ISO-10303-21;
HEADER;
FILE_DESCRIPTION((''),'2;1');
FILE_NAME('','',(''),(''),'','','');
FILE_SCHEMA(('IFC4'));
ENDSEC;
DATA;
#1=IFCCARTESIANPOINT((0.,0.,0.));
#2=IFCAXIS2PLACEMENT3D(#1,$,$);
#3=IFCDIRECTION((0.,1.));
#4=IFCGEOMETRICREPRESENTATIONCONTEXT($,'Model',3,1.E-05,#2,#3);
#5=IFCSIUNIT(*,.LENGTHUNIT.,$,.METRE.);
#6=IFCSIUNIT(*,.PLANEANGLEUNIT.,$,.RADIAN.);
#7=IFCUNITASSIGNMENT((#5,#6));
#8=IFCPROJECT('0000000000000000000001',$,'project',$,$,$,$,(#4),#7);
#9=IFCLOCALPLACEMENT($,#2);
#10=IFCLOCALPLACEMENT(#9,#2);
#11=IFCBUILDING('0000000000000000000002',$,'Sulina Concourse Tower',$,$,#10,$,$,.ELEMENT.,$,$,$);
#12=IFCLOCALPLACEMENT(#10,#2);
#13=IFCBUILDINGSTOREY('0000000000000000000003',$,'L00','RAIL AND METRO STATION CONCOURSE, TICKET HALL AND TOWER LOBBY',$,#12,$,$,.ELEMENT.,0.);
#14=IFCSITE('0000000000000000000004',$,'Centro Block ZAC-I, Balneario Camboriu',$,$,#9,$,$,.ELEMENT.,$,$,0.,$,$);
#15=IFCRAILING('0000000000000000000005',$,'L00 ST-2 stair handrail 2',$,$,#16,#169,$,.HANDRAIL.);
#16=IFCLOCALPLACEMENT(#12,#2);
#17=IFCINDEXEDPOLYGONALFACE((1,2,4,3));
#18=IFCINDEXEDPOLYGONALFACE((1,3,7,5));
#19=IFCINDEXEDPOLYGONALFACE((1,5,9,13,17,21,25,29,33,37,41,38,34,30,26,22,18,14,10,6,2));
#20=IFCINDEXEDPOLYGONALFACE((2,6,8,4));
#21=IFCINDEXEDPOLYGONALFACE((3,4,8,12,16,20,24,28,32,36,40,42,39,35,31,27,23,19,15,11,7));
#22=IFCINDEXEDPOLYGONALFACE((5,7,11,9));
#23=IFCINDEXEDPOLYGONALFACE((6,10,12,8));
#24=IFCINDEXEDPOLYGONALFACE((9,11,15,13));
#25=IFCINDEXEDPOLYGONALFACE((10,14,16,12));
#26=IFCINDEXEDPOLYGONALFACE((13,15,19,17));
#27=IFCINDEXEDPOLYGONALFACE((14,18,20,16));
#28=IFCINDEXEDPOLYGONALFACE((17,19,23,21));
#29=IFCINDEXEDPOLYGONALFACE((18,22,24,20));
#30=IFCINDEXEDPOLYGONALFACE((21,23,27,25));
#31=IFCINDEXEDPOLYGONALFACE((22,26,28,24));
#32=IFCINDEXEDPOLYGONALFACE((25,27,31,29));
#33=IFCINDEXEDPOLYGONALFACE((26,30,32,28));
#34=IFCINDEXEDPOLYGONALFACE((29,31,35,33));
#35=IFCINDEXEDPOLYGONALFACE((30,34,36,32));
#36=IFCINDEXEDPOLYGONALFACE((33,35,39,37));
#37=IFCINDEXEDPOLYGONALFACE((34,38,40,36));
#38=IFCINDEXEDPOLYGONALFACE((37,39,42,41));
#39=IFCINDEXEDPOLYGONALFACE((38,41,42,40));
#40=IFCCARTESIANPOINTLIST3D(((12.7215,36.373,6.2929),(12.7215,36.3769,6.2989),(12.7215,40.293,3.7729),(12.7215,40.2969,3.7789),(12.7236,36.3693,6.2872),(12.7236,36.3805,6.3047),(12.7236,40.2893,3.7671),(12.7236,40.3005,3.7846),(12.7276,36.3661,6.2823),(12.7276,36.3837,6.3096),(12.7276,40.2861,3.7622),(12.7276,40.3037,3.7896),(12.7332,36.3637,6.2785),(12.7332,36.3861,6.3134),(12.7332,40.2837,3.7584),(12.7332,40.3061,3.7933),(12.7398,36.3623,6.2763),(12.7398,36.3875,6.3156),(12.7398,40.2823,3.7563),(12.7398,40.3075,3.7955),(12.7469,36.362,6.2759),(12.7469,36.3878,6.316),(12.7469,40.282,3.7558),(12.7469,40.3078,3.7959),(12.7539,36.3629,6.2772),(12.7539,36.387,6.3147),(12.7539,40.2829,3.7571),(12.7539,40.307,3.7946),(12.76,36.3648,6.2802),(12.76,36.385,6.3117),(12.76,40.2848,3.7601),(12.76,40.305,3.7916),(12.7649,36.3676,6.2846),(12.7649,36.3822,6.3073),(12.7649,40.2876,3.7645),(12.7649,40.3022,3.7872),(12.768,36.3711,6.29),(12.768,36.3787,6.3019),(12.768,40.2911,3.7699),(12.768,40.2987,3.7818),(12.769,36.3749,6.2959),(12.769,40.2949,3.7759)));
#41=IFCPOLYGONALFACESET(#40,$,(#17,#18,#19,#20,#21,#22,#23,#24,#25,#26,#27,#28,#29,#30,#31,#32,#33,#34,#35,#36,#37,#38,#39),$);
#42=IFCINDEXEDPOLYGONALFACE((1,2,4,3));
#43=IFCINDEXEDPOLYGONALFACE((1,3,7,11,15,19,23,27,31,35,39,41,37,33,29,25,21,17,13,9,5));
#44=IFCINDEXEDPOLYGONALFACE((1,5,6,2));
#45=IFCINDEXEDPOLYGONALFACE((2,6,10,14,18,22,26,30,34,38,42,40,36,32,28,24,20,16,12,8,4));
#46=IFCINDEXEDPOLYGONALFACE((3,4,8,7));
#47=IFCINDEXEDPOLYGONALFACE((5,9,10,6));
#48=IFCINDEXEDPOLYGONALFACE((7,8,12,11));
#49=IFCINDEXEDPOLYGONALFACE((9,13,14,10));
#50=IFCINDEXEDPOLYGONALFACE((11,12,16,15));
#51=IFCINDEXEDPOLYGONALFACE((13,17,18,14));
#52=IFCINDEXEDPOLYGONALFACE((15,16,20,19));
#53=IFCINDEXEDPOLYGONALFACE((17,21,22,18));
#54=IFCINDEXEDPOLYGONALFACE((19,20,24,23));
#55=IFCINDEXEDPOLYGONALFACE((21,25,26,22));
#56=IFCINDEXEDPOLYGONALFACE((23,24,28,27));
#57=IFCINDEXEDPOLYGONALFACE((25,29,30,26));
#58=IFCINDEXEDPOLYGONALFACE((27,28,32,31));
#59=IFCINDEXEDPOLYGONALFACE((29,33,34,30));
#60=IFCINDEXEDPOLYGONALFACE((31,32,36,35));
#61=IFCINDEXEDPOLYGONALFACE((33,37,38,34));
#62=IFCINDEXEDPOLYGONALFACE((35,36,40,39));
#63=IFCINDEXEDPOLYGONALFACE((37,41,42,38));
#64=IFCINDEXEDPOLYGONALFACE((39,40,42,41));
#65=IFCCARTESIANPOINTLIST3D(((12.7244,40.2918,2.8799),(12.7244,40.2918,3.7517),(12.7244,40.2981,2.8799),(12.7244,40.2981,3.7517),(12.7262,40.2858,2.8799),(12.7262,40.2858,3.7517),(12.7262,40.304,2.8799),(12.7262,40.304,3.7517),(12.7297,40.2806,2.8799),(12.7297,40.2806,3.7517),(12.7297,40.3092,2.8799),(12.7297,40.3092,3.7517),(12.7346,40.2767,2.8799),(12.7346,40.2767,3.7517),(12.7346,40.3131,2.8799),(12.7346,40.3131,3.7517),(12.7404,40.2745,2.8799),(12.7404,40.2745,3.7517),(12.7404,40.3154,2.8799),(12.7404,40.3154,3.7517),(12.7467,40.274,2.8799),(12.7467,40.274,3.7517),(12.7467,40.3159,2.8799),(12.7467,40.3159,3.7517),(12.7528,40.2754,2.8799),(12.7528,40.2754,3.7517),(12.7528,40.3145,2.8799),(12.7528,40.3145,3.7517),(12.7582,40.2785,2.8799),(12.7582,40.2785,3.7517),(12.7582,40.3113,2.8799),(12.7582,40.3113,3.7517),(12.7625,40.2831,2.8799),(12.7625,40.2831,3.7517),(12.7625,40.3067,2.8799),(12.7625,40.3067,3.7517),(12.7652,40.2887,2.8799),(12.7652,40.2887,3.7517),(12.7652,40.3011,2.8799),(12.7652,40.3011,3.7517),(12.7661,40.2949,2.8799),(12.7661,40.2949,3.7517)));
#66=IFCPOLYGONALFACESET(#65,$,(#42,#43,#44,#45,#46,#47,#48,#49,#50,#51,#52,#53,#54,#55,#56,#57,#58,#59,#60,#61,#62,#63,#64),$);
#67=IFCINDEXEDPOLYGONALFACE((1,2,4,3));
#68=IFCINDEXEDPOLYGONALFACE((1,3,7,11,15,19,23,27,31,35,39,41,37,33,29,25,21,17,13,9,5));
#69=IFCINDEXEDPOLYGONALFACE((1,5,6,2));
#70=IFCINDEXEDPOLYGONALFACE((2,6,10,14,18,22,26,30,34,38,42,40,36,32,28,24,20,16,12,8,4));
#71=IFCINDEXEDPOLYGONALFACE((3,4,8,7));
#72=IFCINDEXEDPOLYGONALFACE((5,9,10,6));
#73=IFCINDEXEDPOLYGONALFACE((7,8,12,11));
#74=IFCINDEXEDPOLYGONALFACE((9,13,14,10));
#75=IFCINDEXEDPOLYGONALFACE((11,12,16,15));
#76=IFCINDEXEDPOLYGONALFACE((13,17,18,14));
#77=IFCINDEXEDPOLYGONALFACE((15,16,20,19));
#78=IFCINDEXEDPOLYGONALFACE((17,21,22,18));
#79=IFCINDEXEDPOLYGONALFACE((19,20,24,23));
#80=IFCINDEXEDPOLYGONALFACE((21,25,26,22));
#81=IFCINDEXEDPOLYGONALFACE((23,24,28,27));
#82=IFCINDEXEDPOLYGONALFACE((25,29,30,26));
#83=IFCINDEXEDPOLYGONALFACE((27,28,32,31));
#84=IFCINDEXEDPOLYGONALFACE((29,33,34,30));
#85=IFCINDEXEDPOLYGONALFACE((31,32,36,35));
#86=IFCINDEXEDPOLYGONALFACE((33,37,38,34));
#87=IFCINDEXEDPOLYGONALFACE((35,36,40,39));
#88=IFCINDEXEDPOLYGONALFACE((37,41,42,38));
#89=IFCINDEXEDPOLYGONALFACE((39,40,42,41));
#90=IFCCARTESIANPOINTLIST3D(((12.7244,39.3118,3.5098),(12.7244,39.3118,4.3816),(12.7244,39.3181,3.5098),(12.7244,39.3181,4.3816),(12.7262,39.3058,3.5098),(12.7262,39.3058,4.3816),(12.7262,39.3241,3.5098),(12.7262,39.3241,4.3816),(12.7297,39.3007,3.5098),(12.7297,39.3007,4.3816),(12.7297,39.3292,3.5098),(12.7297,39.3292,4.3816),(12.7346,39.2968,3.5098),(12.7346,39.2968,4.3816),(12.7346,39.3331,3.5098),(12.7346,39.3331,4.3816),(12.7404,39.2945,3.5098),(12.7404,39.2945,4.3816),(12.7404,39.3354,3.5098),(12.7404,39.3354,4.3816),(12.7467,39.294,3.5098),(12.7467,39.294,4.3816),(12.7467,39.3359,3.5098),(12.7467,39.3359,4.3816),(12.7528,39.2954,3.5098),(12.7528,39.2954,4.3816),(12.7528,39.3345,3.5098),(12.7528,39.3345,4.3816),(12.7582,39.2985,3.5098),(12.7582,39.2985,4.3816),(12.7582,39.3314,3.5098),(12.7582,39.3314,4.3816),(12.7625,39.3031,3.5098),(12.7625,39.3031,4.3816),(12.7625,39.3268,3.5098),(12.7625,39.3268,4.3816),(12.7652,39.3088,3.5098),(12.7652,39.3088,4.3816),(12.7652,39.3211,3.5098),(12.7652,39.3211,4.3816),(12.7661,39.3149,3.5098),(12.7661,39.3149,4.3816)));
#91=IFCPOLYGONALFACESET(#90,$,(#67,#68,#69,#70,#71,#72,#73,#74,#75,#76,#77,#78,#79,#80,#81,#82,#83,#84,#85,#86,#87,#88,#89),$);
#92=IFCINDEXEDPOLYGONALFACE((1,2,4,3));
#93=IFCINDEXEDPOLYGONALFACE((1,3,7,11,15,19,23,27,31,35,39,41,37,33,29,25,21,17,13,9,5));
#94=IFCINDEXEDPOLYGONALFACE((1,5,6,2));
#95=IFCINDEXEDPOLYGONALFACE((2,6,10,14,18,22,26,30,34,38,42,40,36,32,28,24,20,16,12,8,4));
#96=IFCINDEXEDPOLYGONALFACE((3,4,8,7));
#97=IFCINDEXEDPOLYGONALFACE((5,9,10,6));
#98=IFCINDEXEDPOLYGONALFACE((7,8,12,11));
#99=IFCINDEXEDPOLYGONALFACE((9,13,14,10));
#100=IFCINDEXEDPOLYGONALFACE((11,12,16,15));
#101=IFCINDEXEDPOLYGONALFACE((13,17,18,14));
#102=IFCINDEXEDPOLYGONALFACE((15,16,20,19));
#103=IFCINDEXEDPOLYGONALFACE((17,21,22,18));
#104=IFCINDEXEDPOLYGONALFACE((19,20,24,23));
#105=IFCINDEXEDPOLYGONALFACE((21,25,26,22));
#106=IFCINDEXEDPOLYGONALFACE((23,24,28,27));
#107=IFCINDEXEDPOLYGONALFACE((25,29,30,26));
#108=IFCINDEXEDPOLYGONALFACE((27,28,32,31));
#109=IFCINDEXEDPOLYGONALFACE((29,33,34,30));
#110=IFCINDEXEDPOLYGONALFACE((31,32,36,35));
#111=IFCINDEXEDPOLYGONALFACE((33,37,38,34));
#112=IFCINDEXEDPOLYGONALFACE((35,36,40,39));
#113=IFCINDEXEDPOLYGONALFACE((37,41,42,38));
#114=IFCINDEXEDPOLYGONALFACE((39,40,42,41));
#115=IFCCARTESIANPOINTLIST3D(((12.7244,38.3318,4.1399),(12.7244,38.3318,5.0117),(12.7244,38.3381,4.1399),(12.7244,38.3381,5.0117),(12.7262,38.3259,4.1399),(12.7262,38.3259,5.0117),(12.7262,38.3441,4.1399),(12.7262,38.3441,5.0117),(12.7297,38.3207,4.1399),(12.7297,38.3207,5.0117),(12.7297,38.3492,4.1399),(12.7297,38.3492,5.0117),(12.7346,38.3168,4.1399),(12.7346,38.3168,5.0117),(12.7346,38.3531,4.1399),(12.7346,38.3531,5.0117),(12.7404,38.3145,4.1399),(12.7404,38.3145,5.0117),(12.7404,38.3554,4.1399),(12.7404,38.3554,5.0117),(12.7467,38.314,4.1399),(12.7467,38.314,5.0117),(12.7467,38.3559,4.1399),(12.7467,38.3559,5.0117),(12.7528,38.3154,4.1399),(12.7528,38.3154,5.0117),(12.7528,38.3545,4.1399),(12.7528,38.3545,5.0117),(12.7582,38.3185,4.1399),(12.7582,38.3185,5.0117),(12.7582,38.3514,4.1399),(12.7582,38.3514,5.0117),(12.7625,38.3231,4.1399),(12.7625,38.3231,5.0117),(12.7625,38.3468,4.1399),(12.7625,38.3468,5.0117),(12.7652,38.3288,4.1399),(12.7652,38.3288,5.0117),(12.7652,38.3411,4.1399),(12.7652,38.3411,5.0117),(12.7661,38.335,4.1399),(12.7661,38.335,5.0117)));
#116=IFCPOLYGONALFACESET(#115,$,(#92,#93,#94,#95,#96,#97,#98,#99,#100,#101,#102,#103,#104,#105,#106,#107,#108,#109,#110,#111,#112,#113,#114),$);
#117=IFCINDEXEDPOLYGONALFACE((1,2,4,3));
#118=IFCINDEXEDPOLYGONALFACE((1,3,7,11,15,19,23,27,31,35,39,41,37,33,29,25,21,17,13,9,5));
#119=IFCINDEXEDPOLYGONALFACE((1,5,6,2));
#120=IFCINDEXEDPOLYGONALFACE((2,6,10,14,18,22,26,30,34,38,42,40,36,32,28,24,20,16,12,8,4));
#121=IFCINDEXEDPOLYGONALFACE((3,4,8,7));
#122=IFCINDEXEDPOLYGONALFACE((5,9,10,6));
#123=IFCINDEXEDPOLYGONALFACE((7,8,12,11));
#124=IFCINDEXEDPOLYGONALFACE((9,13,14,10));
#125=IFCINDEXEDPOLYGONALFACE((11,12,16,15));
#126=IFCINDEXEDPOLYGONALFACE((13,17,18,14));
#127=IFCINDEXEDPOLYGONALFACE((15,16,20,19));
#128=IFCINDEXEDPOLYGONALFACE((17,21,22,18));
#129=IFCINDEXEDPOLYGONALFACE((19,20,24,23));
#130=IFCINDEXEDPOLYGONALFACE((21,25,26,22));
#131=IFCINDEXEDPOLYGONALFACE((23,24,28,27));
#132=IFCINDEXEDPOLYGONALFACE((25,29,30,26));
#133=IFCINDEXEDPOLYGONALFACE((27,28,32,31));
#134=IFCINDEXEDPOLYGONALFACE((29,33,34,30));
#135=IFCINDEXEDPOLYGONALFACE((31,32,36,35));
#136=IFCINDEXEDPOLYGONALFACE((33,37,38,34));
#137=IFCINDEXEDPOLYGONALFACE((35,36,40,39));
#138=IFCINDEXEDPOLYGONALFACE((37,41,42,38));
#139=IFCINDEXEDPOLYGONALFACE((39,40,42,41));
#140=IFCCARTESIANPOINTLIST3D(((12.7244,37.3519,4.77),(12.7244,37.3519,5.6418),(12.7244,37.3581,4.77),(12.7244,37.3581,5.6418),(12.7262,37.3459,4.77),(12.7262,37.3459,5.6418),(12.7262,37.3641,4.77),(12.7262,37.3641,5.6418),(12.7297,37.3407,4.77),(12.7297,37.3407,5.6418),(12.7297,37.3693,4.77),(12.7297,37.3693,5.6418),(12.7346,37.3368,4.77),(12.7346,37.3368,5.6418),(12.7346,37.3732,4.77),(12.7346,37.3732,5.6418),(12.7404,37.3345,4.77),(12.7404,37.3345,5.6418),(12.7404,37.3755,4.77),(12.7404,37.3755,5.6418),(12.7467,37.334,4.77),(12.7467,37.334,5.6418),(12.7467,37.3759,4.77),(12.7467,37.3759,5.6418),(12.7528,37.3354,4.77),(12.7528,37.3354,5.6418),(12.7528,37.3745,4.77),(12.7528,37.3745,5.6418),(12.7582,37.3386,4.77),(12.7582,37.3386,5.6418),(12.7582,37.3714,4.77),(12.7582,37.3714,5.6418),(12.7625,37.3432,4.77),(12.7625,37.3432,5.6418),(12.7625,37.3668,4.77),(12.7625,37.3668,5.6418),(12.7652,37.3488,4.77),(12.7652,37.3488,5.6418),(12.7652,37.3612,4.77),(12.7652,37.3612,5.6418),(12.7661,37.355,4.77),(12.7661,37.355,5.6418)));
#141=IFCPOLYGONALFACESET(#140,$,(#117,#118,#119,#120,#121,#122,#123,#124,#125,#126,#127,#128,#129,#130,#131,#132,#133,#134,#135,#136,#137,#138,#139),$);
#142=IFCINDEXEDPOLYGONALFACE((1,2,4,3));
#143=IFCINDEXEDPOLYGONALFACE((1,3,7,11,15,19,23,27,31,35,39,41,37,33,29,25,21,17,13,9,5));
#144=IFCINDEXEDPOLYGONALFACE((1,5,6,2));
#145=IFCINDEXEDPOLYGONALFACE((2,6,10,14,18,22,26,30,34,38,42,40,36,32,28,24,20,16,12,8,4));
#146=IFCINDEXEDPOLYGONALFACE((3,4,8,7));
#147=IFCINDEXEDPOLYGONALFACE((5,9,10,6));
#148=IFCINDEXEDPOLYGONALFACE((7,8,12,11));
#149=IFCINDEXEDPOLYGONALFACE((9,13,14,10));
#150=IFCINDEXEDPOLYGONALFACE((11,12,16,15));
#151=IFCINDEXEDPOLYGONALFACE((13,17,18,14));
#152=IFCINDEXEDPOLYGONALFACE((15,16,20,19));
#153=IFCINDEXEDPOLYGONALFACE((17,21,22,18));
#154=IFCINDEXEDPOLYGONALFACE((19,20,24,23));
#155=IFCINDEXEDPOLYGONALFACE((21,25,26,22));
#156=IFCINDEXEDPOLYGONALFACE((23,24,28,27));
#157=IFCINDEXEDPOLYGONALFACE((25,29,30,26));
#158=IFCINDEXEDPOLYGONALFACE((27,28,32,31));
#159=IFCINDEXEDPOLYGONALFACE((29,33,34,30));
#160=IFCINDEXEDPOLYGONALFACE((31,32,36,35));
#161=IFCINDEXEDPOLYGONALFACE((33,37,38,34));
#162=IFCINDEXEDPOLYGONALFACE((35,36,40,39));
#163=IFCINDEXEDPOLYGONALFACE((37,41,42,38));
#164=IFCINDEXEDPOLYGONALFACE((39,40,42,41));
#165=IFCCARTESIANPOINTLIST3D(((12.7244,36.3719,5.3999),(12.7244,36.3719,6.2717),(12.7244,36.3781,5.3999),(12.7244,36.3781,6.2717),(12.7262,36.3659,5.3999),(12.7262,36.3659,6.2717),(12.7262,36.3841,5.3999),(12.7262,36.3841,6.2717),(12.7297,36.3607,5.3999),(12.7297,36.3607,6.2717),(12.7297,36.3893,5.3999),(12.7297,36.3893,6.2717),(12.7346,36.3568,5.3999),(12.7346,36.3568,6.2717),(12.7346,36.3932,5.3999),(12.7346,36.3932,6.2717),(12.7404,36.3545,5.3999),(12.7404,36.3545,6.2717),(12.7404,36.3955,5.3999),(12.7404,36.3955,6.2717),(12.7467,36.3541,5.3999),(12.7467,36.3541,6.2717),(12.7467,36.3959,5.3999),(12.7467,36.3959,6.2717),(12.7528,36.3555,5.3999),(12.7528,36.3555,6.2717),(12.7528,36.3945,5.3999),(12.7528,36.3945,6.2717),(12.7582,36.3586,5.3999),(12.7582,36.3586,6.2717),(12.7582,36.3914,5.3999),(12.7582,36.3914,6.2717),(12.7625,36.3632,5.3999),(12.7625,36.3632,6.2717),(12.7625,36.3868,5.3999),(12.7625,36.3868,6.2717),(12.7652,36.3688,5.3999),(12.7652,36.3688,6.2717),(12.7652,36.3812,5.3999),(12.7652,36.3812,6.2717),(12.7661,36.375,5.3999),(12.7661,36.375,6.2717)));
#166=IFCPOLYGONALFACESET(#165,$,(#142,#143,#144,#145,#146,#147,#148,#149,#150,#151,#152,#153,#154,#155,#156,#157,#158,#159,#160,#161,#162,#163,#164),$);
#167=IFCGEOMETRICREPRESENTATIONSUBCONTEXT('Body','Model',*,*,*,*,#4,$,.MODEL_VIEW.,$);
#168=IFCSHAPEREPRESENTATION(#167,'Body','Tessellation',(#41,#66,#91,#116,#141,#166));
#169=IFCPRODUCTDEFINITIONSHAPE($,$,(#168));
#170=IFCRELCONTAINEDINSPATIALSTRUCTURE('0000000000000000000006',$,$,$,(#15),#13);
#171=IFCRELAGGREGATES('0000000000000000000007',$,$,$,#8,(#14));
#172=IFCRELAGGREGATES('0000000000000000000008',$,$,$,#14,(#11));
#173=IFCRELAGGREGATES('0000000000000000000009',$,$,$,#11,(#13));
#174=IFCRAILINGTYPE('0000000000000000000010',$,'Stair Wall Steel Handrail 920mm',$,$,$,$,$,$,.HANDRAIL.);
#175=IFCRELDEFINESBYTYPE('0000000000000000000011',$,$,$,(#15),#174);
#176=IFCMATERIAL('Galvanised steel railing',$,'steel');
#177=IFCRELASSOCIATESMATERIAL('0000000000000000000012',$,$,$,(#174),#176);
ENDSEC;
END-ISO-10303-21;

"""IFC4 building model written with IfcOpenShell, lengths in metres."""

from ifc_helpers import new_model, si_unit, direction, frame, origin, origin_2d, place, context, subcontext, project, spatial, circle, extrude, material, type_object, element, save


model = new_model("IFC4")

# Units and contexts
model_context = context("Model", 3, precision=1e-05, world=origin(), true_north=direction((0.0, 1.0)))
body_context = subcontext(model_context, "Body", "Model", "MODEL_VIEW")
ifc_project = project(units=[si_unit("LENGTHUNIT", "METRE"), si_unit("PLANEANGLEUNIT", "RADIAN")], contexts=[model_context])

# Site, building, storey
site_placement = place(None, origin())
site = spatial("IfcSite", under=ifc_project, at=site_placement, Name="Centro Block ZAC-I, Balneario Camboriu", CompositionType="ELEMENT", RefElevation=0.0)
building_placement = place(site_placement, origin())
building = spatial("IfcBuilding", under=site, at=building_placement, Name="Sulina Concourse Tower", CompositionType="ELEMENT")
storey_placement = place(building_placement, origin())
storey = spatial("IfcBuildingStorey", under=building, at=storey_placement, Name="L00", Description="RAIL AND METRO STATION CONCOURSE, TICKET HALL AND TOWER LOBBY", CompositionType="ELEMENT", Elevation=0.0)

# Railing
ifc_material_1 = material(Name="Galvanised steel railing", Category="steel")
railing_type_1 = type_object("IfcRailingType", Name="Stair Wall Steel Handrail 920mm", PredefinedType="HANDRAIL", material=ifc_material_1)
railing_1_placement = place(storey_placement, frame((12.7451, 40.2949, 2.8799)))
element("IfcRailing", 1, at=railing_1_placement, inside=storey, type_object=railing_type_1, Name="L00 ST-2 stair handrail 2", PredefinedType="HANDRAIL", context=body_context, shape_type="SweptSolid", body=[
    extrude(circle(Radius=0.0239, at=origin_2d()), frame((0.0, 0.0, 0.896), z_axis=(0.0, -0.841172, 0.540768), x_axis=(1.0, 0.0, 0.0)), (0.0, 0.0, 1.0), 4.6602),
    extrude(circle(Radius=0.021, at=origin_2d()), origin(), (0.0, 0.0, 1.0), 0.8718),
    extrude(circle(Radius=0.021, at=origin_2d()), frame((0.0, -0.98, 0.6299)), (0.0, 0.0, 1.0), 0.8718),
    extrude(circle(Radius=0.021, at=origin_2d()), frame((0.0, -1.96, 1.26)), (0.0, 0.0, 1.0), 0.8718),
    extrude(circle(Radius=0.021, at=origin_2d()), frame((0.0, -2.9399, 1.8901)), (0.0, 0.0, 1.0), 0.8718),
    extrude(circle(Radius=0.021, at=origin_2d()), frame((0.0, -3.9199, 2.52)), (0.0, 0.0, 1.0), 0.8718),
])

save(model, "model.ifc")
